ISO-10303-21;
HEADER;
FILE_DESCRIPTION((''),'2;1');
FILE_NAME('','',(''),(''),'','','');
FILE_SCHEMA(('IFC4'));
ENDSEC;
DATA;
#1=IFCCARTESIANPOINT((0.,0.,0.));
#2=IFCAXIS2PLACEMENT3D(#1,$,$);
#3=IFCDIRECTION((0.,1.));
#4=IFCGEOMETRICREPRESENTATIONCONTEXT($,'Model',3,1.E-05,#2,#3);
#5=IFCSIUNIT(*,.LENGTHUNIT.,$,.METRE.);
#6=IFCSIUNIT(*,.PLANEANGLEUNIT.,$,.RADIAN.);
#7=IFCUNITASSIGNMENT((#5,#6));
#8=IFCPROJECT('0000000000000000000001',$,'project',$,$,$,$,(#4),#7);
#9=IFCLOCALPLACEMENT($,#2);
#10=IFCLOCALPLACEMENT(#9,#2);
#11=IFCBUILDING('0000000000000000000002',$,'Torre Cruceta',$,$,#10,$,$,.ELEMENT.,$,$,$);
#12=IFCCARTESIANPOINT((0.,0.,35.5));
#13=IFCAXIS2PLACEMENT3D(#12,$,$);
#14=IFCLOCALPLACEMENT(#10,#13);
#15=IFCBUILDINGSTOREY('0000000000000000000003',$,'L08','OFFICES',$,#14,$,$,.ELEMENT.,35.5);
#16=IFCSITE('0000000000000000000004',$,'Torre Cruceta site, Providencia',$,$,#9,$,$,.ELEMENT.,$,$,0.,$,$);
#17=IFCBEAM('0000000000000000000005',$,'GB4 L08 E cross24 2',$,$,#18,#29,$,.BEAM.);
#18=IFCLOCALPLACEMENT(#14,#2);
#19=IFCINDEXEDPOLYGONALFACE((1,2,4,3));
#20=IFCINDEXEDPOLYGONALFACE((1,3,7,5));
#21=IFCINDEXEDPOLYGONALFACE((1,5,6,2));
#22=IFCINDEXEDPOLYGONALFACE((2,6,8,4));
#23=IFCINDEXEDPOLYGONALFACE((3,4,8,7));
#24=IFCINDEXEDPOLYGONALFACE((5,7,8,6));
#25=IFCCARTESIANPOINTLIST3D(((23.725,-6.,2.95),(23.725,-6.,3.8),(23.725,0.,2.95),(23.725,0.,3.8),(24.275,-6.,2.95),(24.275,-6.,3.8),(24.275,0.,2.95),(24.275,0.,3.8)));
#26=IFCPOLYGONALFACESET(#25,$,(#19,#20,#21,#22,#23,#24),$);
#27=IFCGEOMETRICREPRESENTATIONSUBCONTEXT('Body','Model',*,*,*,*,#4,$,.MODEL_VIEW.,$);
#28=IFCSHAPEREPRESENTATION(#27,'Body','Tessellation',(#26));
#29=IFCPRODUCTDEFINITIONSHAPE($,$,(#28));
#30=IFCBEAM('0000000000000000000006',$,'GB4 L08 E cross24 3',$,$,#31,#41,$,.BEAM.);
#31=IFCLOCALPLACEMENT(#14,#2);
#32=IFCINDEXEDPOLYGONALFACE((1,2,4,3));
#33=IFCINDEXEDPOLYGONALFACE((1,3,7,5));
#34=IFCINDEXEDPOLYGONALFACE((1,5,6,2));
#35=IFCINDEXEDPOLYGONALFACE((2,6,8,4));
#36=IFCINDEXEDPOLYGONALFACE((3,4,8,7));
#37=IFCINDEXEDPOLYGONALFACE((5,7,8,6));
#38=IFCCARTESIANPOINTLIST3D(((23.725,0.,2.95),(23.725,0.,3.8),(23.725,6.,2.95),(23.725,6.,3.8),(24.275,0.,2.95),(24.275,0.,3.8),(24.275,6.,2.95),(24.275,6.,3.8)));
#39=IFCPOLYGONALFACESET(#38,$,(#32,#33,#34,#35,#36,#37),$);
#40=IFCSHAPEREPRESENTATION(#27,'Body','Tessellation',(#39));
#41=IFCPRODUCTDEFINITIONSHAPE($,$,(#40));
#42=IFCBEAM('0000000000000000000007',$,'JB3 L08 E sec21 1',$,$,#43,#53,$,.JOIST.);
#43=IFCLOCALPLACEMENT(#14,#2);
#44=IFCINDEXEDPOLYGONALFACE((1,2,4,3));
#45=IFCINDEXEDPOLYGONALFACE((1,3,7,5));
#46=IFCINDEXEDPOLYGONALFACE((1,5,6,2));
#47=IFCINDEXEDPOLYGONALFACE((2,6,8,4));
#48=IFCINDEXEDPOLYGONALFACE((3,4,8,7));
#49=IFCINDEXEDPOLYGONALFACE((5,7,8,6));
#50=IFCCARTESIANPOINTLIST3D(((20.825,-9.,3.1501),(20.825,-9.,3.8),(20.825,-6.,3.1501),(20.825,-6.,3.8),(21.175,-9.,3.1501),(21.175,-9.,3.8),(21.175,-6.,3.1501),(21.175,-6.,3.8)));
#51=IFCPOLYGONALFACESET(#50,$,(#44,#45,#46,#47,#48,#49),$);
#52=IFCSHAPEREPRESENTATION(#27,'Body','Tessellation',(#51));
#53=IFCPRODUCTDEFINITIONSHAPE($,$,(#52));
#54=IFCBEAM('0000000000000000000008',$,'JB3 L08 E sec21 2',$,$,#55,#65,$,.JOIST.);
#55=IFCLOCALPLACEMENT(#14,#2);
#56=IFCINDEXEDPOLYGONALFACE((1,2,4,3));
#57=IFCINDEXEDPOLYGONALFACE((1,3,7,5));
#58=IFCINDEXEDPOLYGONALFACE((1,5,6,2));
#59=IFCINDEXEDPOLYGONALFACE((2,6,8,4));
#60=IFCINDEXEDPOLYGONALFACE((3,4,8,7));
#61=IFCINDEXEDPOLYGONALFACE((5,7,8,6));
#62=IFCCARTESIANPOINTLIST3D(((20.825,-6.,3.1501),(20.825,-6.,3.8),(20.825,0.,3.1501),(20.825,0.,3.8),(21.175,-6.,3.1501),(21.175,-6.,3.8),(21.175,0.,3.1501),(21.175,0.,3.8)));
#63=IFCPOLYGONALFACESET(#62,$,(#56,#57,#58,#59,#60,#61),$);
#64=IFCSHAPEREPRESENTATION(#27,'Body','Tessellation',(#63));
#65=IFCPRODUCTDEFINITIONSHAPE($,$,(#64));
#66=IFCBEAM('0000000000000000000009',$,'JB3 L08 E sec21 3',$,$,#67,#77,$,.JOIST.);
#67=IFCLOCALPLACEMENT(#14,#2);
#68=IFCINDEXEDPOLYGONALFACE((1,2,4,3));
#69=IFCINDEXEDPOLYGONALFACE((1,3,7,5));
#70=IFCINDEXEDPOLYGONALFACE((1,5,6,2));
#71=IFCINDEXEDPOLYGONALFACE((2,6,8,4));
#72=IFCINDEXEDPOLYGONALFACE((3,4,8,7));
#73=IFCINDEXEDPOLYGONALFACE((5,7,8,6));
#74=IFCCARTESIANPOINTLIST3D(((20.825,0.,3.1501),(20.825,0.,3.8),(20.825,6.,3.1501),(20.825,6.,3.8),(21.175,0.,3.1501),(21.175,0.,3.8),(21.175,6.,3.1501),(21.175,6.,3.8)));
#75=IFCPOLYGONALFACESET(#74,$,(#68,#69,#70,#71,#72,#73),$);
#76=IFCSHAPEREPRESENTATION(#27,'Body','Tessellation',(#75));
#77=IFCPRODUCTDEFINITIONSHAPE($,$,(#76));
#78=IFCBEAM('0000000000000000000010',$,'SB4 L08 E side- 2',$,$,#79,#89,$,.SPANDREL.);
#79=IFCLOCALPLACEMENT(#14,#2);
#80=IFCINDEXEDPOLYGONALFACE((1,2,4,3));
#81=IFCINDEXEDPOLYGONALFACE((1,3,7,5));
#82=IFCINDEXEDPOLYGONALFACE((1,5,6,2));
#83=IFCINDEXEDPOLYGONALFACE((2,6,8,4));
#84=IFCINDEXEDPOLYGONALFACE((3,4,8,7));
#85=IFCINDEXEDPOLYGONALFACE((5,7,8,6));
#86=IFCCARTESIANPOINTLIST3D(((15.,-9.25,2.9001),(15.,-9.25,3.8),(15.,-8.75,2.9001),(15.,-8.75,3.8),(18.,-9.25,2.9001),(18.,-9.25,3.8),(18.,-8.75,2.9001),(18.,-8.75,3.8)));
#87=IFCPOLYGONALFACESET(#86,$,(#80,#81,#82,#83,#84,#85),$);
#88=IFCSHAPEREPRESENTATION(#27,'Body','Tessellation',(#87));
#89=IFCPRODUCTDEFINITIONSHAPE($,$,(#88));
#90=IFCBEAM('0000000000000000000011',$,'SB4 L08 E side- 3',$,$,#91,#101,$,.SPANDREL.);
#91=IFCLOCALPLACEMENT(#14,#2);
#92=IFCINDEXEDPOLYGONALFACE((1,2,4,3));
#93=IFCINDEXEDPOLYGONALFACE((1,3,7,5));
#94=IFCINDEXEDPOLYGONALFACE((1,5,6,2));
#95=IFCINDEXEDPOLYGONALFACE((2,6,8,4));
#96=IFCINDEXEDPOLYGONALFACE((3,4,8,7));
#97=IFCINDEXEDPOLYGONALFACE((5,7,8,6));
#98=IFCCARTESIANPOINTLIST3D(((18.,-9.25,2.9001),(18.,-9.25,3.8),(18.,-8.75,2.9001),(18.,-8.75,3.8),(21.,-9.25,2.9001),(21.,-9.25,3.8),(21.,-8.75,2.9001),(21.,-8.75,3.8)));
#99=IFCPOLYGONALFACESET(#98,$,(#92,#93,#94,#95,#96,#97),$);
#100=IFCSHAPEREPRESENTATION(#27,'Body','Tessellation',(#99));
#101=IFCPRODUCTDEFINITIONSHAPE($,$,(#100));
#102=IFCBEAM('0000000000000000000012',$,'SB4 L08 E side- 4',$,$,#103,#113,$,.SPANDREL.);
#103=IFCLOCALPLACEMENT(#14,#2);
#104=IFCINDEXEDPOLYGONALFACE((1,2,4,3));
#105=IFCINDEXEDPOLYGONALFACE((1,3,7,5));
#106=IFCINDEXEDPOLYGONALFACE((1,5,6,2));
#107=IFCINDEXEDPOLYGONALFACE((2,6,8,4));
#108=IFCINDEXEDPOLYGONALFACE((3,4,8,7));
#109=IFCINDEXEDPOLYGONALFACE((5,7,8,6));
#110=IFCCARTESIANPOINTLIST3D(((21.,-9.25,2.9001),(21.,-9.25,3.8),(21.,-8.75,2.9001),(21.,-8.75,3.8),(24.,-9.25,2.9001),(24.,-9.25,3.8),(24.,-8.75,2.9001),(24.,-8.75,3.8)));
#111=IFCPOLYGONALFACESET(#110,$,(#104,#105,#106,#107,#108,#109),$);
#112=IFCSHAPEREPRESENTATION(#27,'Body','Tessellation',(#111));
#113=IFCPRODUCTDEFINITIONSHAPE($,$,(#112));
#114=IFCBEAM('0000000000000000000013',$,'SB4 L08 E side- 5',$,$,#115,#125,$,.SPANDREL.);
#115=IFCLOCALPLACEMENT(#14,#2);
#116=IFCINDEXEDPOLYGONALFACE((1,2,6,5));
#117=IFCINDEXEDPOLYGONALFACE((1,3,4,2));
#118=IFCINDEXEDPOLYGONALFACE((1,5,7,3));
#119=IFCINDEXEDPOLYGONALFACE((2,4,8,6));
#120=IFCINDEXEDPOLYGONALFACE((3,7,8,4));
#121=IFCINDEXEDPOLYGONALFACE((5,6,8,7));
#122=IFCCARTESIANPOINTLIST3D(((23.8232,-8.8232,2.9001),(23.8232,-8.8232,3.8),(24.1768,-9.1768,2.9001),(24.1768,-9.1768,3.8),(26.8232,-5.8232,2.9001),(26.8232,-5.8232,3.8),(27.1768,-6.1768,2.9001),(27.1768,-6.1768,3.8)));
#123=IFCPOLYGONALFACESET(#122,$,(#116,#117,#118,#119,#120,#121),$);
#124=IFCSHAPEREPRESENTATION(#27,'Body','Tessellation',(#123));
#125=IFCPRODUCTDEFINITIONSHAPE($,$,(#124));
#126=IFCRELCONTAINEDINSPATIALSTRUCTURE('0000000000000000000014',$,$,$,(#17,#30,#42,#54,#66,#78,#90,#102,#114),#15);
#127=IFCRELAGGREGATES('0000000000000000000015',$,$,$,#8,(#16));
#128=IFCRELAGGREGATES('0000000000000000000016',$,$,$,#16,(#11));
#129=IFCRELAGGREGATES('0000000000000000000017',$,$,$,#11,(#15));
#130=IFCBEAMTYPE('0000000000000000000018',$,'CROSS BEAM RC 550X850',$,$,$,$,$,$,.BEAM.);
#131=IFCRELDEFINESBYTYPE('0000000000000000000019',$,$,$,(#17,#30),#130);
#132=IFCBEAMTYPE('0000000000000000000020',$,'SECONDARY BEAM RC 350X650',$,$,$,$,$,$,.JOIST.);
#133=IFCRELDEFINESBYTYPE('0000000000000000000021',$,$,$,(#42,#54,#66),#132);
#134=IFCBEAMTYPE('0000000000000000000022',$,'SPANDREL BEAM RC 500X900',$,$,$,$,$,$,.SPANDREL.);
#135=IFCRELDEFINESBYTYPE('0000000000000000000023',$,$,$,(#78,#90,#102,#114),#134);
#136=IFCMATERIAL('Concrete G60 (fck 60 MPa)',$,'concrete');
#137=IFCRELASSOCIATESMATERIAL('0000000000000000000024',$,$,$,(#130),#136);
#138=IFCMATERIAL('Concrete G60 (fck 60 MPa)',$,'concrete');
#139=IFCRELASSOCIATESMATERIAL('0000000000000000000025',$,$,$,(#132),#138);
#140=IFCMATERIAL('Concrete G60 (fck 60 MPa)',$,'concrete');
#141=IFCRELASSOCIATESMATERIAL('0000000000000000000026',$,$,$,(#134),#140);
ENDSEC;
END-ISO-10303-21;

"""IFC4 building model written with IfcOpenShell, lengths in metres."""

from ifc_helpers import new_model, si_unit, direction, frame, origin, origin_2d, place, context, subcontext, project, spatial, rectangle, extrude, material, material_profile, profile_set, type_object, element, save


model = new_model("IFC4")

# Units and contexts
model_context = context("Model", 3, precision=1e-05, world=origin(), true_north=direction((0.0, 1.0)))
body_context = subcontext(model_context, "Body", "Model", "MODEL_VIEW")
ifc_project = project(units=[si_unit("LENGTHUNIT", "METRE"), si_unit("PLANEANGLEUNIT", "RADIAN")], contexts=[model_context])

# Site, building, storey
site_placement = place(None, origin())
site = spatial("IfcSite", under=ifc_project, at=site_placement, Name="Torre Cruceta site, Providencia", CompositionType="ELEMENT", RefElevation=0.0)
building_placement = place(site_placement, origin())
building = spatial("IfcBuilding", under=site, at=building_placement, Name="Torre Cruceta", CompositionType="ELEMENT")
storey_placement = place(building_placement, frame((0.0, 0.0, 35.5)))
storey = spatial("IfcBuildingStorey", under=building, at=storey_placement, Name="L08", Description="OFFICES", CompositionType="ELEMENT", Elevation=35.5)

# Beams
ifc_material_1 = material(Name="Concrete G60 (fck 60 MPa)", Category="concrete")
ifc_material_profile_1 = material_profile(ifc_material_1, rectangle(XDim=0.55, YDim=0.8501, at=origin_2d()), Name="RC 550X850")
ifc_profile_set_1 = profile_set([ifc_material_profile_1], Name="Concrete G60 (fck 60 MPa)")
beam_type_1 = type_object("IfcBeamType", Name="CROSS BEAM RC 550X850", PredefinedType="BEAM", material=ifc_profile_set_1)
for number, where, z_axis, x_axis, name in (
    (1, (24.0, -6.0, 3.375), (0.0, 1.0, 0.0), (-1.0, 0.0, 0.0), "GB4 L08 E cross24 2"),
    (2, (24.0, 0.0, 3.375), (0.0, 1.0, 0.0), (-1.0, 0.0, 0.0), "GB4 L08 E cross24 3"),
):
    element("IfcBeam", number, at=place(storey_placement, frame(where, z_axis=z_axis, x_axis=x_axis)), inside=storey, type_object=beam_type_1, Name=name, PredefinedType="BEAM", context=body_context, shape_type="SweptSolid", body=[
        extrude(rectangle(XDim=0.55, YDim=0.8501, at=origin_2d()), origin(), (0.0, 0.0, 1.0), 6.0),
    ])
ifc_material_2 = material(Name="Concrete G60 (fck 60 MPa)", Category="concrete")
ifc_material_profile_2 = material_profile(ifc_material_2, rectangle(XDim=0.3501, YDim=0.6499, at=origin_2d()), Name="RC 350X650")
ifc_profile_set_2 = profile_set([ifc_material_profile_2], Name="Concrete G60 (fck 60 MPa)")
beam_type_2 = type_object("IfcBeamType", Name="SECONDARY BEAM RC 350X650", PredefinedType="JOIST", material=ifc_profile_set_2)
beam_1_placement = place(storey_placement, frame((21.0, -9.0, 3.4751), z_axis=(0.0, 1.0, 0.0), x_axis=(-1.0, 0.0, 0.0)))
element("IfcBeam", 3, at=beam_1_placement, inside=storey, type_object=beam_type_2, Name="JB3 L08 E sec21 1", PredefinedType="JOIST", context=body_context, shape_type="SweptSolid", body=[
    extrude(rectangle(XDim=0.3501, YDim=0.6499, at=origin_2d()), origin(), (0.0, 0.0, 1.0), 3.0),
])
for number, where, z_axis, x_axis, name in (
    (4, (21.0, -6.0, 3.4751), (0.0, 1.0, 0.0), (-1.0, 0.0, 0.0), "JB3 L08 E sec21 2"),
    (5, (21.0, 0.0, 3.4751), (0.0, 1.0, 0.0), (-1.0, 0.0, 0.0), "JB3 L08 E sec21 3"),
):
    element("IfcBeam", number, at=place(storey_placement, frame(where, z_axis=z_axis, x_axis=x_axis)), inside=storey, type_object=beam_type_2, Name=name, PredefinedType="JOIST", context=body_context, shape_type="SweptSolid", body=[
        extrude(rectangle(XDim=0.3501, YDim=0.6499, at=origin_2d()), origin(), (0.0, 0.0, 1.0), 6.0),
    ])
ifc_material_3 = material(Name="Concrete G60 (fck 60 MPa)", Category="concrete")
ifc_material_profile_3 = material_profile(ifc_material_3, rectangle(XDim=0.5, YDim=0.8999, at=origin_2d()), Name="RC 500X900")
ifc_profile_set_3 = profile_set([ifc_material_profile_3], Name="Concrete G60 (fck 60 MPa)")
beam_type_3 = type_object("IfcBeamType", Name="SPANDREL BEAM RC 500X900", PredefinedType="SPANDREL", material=ifc_profile_set_3)
for number, where, z_axis, x_axis, name in (
    (6, (15.0, -9.0, 3.3501), (1.0, 0.0, 0.0), (0.0, 1.0, 0.0), "SB4 L08 E side- 2"),
    (7, (18.0, -9.0, 3.3501), (1.0, 0.0, 0.0), (0.0, 1.0, 0.0), "SB4 L08 E side- 3"),
    (8, (21.0, -9.0, 3.3501), (1.0, 0.0, 0.0), (0.0, 1.0, 0.0), "SB4 L08 E side- 4"),
):
    element("IfcBeam", number, at=place(storey_placement, frame(where, z_axis=z_axis, x_axis=x_axis)), inside=storey, type_object=beam_type_3, Name=name, PredefinedType="SPANDREL", context=body_context, shape_type="SweptSolid", body=[
        extrude(rectangle(XDim=0.5, YDim=0.8999, at=origin_2d()), origin(), (0.0, 0.0, 1.0), 3.0),
    ])
beam_2_placement = place(storey_placement, frame((24.0, -9.0, 3.3501), z_axis=(0.707107, 0.707107, 0.0), x_axis=(-0.707107, 0.707107, 0.0)))
element("IfcBeam", 9, at=beam_2_placement, inside=storey, type_object=beam_type_3, Name="SB4 L08 E side- 5", PredefinedType="SPANDREL", context=body_context, shape_type="SweptSolid", body=[
    extrude(rectangle(XDim=0.5, YDim=0.8999, at=origin_2d()), origin(), (0.0, 0.0, 1.0), 4.2427),
])

save(model, "model.ifc")
